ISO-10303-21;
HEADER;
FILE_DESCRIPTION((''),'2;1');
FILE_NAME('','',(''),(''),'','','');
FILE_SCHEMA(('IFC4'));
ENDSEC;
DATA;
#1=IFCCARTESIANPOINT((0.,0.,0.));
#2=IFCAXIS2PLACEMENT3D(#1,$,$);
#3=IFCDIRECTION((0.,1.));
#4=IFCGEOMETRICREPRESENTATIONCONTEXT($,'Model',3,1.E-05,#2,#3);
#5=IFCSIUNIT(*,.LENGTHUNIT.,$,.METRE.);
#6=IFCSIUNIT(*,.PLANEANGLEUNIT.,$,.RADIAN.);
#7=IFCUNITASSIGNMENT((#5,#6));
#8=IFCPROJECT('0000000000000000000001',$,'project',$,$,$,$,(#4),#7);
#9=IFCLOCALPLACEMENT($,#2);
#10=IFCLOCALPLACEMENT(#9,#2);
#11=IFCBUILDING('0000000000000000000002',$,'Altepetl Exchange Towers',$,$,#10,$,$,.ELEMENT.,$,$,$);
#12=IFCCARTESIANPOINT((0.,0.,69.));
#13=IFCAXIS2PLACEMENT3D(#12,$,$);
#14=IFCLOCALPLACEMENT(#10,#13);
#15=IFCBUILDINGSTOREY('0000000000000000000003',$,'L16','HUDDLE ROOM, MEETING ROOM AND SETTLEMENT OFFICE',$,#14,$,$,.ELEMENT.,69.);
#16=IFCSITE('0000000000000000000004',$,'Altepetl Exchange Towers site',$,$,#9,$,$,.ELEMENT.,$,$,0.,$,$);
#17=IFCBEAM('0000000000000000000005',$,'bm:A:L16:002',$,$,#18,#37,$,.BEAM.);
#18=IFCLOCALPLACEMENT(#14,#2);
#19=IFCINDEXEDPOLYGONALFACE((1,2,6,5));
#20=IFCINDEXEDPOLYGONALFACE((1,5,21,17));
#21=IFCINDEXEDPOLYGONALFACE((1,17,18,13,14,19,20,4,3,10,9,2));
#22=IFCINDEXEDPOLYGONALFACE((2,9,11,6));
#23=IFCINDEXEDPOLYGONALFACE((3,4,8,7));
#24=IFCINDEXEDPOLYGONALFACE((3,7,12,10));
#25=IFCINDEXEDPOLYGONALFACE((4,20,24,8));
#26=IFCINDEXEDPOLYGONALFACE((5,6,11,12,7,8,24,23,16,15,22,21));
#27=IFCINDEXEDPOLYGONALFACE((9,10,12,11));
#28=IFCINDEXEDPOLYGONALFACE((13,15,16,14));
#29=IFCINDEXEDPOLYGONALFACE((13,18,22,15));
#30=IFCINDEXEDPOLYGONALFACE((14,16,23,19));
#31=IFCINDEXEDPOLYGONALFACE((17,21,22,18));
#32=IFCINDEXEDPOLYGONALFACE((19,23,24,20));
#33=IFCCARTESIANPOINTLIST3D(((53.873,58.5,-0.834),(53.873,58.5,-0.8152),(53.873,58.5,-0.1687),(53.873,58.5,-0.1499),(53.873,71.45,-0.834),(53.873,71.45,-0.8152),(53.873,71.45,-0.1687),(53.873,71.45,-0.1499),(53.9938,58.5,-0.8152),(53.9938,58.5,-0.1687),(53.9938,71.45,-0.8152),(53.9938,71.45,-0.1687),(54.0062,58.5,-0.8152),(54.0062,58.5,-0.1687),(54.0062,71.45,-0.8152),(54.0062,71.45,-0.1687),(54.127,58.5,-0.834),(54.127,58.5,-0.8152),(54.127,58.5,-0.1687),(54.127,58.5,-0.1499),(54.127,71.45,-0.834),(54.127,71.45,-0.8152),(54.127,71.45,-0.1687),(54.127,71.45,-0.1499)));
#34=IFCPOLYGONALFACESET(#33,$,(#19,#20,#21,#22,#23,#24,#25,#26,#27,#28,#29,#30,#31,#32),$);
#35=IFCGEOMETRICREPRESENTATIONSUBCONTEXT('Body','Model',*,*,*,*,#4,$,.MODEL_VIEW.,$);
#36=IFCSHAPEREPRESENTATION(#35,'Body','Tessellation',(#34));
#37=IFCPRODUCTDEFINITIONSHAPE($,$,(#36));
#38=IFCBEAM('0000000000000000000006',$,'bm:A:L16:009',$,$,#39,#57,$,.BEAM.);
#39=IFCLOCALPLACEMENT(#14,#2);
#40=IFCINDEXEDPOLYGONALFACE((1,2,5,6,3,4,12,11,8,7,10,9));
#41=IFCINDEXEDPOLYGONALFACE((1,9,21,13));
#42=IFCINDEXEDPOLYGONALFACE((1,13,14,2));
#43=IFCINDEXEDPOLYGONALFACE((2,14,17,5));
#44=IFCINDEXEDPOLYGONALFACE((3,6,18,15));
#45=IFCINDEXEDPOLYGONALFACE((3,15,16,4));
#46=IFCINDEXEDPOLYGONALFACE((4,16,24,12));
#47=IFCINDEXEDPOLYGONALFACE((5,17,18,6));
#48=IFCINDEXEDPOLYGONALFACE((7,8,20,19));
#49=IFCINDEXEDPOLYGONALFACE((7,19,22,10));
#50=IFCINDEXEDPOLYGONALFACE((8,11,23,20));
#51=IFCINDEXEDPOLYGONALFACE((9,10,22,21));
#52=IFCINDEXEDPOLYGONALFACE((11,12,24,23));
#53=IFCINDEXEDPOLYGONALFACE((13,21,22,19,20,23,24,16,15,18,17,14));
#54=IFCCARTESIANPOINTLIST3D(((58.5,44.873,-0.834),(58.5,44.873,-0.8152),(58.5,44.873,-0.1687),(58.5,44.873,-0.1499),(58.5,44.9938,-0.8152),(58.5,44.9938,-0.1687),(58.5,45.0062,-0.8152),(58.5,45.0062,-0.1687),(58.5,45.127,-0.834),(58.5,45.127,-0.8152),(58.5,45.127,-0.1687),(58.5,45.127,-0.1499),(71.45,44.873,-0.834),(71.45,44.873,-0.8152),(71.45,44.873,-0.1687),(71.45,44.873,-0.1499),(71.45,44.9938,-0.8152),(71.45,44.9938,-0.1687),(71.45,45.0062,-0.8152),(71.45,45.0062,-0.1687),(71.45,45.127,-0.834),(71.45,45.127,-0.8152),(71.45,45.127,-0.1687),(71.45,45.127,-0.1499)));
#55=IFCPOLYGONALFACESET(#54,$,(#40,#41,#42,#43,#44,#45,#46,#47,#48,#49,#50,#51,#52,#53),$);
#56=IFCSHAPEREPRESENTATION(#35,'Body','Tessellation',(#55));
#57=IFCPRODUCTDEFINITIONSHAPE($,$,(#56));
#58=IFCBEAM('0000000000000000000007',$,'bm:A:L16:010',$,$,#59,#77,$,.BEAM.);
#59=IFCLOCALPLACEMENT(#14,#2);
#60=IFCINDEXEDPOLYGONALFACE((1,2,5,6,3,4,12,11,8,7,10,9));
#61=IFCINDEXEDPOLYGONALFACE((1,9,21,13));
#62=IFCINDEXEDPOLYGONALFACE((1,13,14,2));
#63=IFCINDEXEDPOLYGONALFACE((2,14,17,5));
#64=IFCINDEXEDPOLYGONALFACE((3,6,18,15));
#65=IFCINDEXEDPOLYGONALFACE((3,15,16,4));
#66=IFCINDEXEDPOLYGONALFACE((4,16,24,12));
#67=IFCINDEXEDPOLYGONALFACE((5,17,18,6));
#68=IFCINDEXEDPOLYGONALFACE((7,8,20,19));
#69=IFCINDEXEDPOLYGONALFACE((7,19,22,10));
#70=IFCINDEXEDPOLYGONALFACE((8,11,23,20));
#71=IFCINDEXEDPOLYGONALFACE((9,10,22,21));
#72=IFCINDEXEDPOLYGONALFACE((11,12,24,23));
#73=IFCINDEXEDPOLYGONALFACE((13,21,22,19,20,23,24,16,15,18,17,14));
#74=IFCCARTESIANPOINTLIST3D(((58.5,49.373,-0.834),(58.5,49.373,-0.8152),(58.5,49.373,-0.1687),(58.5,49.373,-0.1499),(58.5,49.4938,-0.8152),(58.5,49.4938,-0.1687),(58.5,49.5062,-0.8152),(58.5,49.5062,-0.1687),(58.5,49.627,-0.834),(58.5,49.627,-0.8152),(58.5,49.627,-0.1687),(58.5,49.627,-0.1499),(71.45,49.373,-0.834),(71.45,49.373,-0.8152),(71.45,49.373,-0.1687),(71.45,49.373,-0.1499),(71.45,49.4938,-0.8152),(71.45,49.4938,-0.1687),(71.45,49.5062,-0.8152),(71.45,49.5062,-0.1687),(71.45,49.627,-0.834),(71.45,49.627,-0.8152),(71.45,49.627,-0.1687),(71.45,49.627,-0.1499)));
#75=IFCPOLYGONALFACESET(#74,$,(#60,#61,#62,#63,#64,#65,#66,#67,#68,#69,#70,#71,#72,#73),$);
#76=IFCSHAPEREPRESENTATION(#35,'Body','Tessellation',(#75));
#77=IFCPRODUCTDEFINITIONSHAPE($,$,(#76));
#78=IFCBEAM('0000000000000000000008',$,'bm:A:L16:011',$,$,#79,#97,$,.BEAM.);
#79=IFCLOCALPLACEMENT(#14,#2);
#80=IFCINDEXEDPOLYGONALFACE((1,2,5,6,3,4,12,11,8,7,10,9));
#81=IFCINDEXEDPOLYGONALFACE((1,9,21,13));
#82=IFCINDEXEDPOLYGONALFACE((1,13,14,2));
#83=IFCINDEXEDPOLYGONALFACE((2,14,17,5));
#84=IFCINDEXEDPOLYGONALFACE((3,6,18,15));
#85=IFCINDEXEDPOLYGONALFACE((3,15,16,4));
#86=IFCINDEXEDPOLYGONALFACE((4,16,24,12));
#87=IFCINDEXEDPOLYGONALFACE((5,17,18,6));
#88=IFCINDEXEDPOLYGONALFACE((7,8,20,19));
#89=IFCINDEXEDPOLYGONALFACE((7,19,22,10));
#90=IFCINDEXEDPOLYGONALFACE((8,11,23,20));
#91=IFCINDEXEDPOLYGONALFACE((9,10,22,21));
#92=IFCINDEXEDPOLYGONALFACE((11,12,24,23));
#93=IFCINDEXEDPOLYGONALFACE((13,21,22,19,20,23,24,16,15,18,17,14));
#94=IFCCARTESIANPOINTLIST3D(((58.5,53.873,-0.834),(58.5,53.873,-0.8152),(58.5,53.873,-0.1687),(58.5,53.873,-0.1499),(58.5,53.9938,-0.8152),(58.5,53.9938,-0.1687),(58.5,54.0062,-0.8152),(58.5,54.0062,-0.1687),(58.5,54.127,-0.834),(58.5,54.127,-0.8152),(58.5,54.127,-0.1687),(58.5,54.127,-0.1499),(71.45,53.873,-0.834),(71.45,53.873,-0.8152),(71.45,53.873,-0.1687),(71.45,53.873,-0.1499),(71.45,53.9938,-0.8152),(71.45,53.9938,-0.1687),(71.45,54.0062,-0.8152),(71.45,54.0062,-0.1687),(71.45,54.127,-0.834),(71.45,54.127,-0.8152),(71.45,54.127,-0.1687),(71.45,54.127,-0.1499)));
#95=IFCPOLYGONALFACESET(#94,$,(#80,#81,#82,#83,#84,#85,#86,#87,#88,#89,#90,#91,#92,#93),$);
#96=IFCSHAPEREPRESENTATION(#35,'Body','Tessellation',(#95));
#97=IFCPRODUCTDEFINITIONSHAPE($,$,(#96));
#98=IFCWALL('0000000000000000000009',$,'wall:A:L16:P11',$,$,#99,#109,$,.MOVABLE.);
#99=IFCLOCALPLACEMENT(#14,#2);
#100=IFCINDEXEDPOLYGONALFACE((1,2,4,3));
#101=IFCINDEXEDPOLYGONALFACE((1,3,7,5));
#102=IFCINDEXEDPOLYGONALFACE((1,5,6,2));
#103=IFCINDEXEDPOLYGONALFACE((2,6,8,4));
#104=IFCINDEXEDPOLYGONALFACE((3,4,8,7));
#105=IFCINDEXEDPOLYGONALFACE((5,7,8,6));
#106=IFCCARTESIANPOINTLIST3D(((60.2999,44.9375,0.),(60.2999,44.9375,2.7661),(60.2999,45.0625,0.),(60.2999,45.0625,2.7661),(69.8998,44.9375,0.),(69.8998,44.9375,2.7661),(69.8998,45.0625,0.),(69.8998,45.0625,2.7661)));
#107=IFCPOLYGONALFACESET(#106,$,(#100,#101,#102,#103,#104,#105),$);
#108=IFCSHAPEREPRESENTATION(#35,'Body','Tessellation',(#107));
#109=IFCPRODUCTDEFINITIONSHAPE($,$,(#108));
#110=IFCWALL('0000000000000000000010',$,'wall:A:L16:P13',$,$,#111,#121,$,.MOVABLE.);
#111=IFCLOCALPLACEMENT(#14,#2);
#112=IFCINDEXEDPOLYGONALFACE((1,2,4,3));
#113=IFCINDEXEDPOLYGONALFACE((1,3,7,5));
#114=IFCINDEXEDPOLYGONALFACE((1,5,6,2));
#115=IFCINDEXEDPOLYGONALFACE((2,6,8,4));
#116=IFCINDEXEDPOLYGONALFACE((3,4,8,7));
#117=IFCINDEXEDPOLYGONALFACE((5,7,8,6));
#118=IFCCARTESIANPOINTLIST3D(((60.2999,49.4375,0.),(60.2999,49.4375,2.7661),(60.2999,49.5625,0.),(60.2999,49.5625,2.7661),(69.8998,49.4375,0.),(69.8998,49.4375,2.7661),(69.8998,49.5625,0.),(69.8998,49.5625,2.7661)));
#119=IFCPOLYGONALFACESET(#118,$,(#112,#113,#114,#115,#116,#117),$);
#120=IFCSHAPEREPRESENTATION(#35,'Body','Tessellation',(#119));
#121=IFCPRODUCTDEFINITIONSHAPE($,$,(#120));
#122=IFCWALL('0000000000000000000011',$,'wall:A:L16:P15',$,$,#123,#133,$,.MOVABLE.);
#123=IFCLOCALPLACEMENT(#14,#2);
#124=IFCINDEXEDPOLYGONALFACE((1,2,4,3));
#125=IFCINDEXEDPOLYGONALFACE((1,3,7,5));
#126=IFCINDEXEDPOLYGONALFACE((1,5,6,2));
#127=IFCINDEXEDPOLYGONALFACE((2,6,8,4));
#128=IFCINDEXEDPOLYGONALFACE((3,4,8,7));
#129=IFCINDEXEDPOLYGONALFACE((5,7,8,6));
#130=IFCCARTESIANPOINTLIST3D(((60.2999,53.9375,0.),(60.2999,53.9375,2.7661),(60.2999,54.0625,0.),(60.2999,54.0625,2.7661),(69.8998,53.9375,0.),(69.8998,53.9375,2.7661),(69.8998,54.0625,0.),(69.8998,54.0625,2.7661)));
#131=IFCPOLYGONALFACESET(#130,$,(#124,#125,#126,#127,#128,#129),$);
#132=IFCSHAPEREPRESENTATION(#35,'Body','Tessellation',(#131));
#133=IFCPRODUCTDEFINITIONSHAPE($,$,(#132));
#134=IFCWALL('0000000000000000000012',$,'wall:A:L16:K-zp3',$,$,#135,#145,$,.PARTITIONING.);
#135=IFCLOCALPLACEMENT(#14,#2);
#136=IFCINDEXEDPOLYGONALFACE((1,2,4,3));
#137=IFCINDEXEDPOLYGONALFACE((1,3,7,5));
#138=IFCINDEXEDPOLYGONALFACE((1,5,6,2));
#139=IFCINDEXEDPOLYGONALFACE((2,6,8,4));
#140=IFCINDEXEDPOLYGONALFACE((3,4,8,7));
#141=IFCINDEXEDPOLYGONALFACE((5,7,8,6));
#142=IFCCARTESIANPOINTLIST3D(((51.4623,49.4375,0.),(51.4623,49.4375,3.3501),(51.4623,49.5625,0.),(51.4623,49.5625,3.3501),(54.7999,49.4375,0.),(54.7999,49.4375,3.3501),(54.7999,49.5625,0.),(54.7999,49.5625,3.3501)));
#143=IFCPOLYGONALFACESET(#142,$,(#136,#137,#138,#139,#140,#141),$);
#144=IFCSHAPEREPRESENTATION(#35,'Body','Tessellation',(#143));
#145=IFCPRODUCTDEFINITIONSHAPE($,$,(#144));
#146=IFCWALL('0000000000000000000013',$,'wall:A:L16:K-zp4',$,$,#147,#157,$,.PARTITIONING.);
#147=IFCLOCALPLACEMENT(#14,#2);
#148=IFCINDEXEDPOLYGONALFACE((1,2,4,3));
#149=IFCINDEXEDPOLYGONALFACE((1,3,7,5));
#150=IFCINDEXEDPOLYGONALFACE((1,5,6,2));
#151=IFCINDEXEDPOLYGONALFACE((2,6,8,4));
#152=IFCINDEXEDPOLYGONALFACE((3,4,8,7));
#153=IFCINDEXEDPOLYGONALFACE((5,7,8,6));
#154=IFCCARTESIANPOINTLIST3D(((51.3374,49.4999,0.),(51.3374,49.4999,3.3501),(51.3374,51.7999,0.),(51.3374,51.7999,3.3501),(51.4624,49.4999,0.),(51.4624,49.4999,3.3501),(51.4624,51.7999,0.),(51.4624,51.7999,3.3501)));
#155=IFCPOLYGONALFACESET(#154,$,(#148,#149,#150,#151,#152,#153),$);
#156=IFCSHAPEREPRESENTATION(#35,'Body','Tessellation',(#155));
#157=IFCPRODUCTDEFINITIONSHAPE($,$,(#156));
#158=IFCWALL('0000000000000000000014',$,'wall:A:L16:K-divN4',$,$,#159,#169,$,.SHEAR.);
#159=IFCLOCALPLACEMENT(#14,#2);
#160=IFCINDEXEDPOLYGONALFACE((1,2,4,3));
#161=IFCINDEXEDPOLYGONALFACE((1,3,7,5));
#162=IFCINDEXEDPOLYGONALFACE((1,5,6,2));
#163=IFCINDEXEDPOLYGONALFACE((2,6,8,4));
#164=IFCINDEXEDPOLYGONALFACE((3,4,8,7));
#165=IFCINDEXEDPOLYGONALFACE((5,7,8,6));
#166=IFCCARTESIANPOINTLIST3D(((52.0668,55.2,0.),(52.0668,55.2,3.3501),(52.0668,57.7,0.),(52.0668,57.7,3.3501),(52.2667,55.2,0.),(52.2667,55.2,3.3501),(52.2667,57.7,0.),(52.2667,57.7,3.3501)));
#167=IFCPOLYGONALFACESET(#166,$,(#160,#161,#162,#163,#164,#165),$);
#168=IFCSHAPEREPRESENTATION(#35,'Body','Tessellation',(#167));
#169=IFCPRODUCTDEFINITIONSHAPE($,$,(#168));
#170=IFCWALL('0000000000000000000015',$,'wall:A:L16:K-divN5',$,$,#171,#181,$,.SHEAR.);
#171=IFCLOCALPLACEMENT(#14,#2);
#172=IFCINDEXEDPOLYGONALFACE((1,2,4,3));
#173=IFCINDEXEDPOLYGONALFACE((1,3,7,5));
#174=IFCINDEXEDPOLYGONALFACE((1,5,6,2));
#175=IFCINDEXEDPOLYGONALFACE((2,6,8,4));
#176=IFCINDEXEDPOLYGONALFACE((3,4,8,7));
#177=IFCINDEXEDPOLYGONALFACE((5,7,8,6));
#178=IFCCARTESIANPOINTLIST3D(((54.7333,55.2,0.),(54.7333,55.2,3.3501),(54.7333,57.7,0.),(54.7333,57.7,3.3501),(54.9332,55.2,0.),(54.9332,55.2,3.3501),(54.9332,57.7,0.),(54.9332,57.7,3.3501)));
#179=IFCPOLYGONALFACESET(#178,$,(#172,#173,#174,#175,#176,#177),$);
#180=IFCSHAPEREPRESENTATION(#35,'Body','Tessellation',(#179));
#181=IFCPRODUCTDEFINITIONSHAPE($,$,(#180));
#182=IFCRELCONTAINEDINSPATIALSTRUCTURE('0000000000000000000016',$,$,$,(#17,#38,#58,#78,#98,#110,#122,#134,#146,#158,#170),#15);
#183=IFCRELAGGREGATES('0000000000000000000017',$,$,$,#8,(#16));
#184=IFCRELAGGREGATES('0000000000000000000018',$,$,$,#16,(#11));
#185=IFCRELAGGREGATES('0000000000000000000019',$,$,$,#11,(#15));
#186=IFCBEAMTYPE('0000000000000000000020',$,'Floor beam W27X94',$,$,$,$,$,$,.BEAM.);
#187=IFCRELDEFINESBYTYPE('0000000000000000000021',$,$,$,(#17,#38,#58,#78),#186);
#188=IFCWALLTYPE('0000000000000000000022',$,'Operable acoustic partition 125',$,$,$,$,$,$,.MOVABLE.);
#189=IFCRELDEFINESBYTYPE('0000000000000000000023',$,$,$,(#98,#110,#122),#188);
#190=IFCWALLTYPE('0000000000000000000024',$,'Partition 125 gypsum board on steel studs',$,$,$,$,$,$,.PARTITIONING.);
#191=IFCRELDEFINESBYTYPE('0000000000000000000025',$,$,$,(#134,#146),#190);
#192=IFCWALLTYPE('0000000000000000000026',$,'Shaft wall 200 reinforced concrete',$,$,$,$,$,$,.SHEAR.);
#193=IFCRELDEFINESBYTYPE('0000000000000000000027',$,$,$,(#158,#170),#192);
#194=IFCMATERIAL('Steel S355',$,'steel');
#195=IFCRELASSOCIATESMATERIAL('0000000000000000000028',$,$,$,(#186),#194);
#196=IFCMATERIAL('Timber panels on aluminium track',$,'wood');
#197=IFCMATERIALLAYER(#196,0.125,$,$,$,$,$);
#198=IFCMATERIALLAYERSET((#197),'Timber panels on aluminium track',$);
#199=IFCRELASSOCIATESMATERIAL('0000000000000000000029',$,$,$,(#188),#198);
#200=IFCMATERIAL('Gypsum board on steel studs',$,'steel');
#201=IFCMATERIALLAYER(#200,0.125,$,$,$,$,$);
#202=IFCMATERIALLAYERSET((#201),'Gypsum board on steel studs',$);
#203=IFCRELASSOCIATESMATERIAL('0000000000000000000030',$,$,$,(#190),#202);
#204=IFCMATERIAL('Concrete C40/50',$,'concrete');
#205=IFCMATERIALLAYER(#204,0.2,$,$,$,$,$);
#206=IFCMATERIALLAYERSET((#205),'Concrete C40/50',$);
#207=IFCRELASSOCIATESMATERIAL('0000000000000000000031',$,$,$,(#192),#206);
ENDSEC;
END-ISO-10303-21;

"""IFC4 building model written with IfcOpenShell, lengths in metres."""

from ifc_helpers import new_model, si_unit, direction, frame, frame_2d, origin, origin_2d, place, context, subcontext, project, spatial, rectangle, i_section, extrude, material, layer, layer_set, material_profile, profile_set, type_object, element, save


model = new_model("IFC4")

# Units and contexts
model_context = context("Model", 3, precision=1e-05, world=origin(), true_north=direction((0.0, 1.0)))
body_context = subcontext(model_context, "Body", "Model", "MODEL_VIEW")
ifc_project = project(units=[si_unit("LENGTHUNIT", "METRE"), si_unit("PLANEANGLEUNIT", "RADIAN")], contexts=[model_context])

# Site, building, storey
site_placement = place(None, origin())
site = spatial("IfcSite", under=ifc_project, at=site_placement, Name="Altepetl Exchange Towers site", CompositionType="ELEMENT", RefElevation=0.0)
building_placement = place(site_placement, origin())
building = spatial("IfcBuilding", under=site, at=building_placement, Name="Altepetl Exchange Towers", CompositionType="ELEMENT")
storey_placement = place(building_placement, frame((0.0, 0.0, 69.0)))
storey = spatial("IfcBuildingStorey", under=building, at=storey_placement, Name="L16", Description="HUDDLE ROOM, MEETING ROOM AND SETTLEMENT OFFICE", CompositionType="ELEMENT", Elevation=69.0)

# Beams
ifc_material_1 = material(Name="Steel S355", Category="steel")
ifc_material_profile = material_profile(ifc_material_1, i_section(OverallWidth=0.2539, OverallDepth=0.6841, WebThickness=0.0125, FlangeThickness=0.0188, at=origin_2d()), Name="W27X94")
ifc_profile_set = profile_set([ifc_material_profile], Name="Steel S355")
beam_type = type_object("IfcBeamType", Name="Floor beam W27X94", PredefinedType="BEAM", material=ifc_profile_set)
for number, where, z_axis, x_axis, name in (
    (1, (54.0, 58.5, -0.4919), (0.0, 1.0, 0.0), (-1.0, 0.0, 0.0), "bm:A:L16:002"),
    (2, (58.5, 45.0, -0.4919), (1.0, 0.0, 0.0), (0.0, 1.0, 0.0), "bm:A:L16:009"),
    (3, (58.5, 49.5, -0.4919), (1.0, 0.0, 0.0), (0.0, 1.0, 0.0), "bm:A:L16:010"),
    (4, (58.5, 54.0, -0.4919), (1.0, 0.0, 0.0), (0.0, 1.0, 0.0), "bm:A:L16:011"),
):
    element("IfcBeam", number, at=place(storey_placement, frame(where, z_axis=z_axis, x_axis=x_axis)), inside=storey, type_object=beam_type, Name=name, PredefinedType="BEAM", context=body_context, shape_type="SweptSolid", body=[
        extrude(i_section(OverallWidth=0.2539, OverallDepth=0.6841, WebThickness=0.0125, FlangeThickness=0.0188, at=origin_2d()), origin(), (0.0, 0.0, 1.0), 12.95),
    ])

# Walls
ifc_material_2 = material(Name="Timber panels on aluminium track", Category="wood")
ifc_layer_1 = layer(ifc_material_2, 0.125)
ifc_layer_set_1 = layer_set([ifc_layer_1], Name="Timber panels on aluminium track")
wall_type_1 = type_object("IfcWallType", Name="Operable acoustic partition 125", PredefinedType="MOVABLE", material=ifc_layer_set_1)
for number, where, name in (
    (5, (60.3, 45.0, 0.0), "wall:A:L16:P11"),
    (6, (60.3, 49.5, 0.0), "wall:A:L16:P13"),
    (7, (60.3, 54.0, 0.0), "wall:A:L16:P15"),
):
    element("IfcWall", number, at=place(storey_placement, frame(where)), inside=storey, type_object=wall_type_1, Name=name, PredefinedType="MOVABLE", context=body_context, shape_type="SweptSolid", body=[
        extrude(rectangle(XDim=9.5999, YDim=0.125, at=frame_2d((4.7998, 0.0))), origin(), (0.0, 0.0, 1.0), 2.7661),
    ])
ifc_material_3 = material(Name="Gypsum board on steel studs", Category="steel")
ifc_layer_2 = layer(ifc_material_3, 0.125)
ifc_layer_set_2 = layer_set([ifc_layer_2], Name="Gypsum board on steel studs")
wall_type_2 = type_object("IfcWallType", Name="Partition 125 gypsum board on steel studs", PredefinedType="PARTITIONING", material=ifc_layer_set_2)
wall_1_placement = place(storey_placement, frame((54.8, 49.5, 0.0), z_axis=(0.0, 0.0, 1.0), x_axis=(-1.0, 0.0, 0.0)))
element("IfcWall", 8, at=wall_1_placement, inside=storey, type_object=wall_type_2, Name="wall:A:L16:K-zp3", PredefinedType="PARTITIONING", context=body_context, shape_type="SweptSolid", body=[
    extrude(rectangle(XDim=3.3376, YDim=0.125, at=frame_2d((1.6689, 0.0))), origin(), (0.0, 0.0, 1.0), 3.3501),
])
wall_2_placement = place(storey_placement, frame((51.3999, 49.5, 0.0), z_axis=(0.0, 0.0, 1.0), x_axis=(0.0, 1.0, 0.0)))
element("IfcWall", 9, at=wall_2_placement, inside=storey, type_object=wall_type_2, Name="wall:A:L16:K-zp4", PredefinedType="PARTITIONING", context=body_context, shape_type="SweptSolid", body=[
    extrude(rectangle(XDim=2.3, YDim=0.125, at=frame_2d((1.1499, 0.0))), origin(), (0.0, 0.0, 1.0), 3.3501),
])
ifc_material_4 = material(Name="Concrete C40/50", Category="concrete")
ifc_layer_3 = layer(ifc_material_4, 0.2)
ifc_layer_set_3 = layer_set([ifc_layer_3], Name="Concrete C40/50")
wall_type_3 = type_object("IfcWallType", Name="Shaft wall 200 reinforced concrete", PredefinedType="SHEAR", material=ifc_layer_set_3)
for number, where, z_axis, x_axis, name in (
    (10, (52.1667, 57.7, 0.0), (0.0, 0.0, 1.0), (0.0, -1.0, 0.0), "wall:A:L16:K-divN4"),
    (11, (54.8333, 57.7, 0.0), (0.0, 0.0, 1.0), (0.0, -1.0, 0.0), "wall:A:L16:K-divN5"),
):
    element("IfcWall", number, at=place(storey_placement, frame(where, z_axis=z_axis, x_axis=x_axis)), inside=storey, type_object=wall_type_3, Name=name, PredefinedType="SHEAR", context=body_context, shape_type="SweptSolid", body=[
        extrude(rectangle(XDim=2.5, YDim=0.2, at=frame_2d((1.25, 0.0))), origin(), (0.0, 0.0, 1.0), 3.3501),
    ])

save(model, "model.ifc")
